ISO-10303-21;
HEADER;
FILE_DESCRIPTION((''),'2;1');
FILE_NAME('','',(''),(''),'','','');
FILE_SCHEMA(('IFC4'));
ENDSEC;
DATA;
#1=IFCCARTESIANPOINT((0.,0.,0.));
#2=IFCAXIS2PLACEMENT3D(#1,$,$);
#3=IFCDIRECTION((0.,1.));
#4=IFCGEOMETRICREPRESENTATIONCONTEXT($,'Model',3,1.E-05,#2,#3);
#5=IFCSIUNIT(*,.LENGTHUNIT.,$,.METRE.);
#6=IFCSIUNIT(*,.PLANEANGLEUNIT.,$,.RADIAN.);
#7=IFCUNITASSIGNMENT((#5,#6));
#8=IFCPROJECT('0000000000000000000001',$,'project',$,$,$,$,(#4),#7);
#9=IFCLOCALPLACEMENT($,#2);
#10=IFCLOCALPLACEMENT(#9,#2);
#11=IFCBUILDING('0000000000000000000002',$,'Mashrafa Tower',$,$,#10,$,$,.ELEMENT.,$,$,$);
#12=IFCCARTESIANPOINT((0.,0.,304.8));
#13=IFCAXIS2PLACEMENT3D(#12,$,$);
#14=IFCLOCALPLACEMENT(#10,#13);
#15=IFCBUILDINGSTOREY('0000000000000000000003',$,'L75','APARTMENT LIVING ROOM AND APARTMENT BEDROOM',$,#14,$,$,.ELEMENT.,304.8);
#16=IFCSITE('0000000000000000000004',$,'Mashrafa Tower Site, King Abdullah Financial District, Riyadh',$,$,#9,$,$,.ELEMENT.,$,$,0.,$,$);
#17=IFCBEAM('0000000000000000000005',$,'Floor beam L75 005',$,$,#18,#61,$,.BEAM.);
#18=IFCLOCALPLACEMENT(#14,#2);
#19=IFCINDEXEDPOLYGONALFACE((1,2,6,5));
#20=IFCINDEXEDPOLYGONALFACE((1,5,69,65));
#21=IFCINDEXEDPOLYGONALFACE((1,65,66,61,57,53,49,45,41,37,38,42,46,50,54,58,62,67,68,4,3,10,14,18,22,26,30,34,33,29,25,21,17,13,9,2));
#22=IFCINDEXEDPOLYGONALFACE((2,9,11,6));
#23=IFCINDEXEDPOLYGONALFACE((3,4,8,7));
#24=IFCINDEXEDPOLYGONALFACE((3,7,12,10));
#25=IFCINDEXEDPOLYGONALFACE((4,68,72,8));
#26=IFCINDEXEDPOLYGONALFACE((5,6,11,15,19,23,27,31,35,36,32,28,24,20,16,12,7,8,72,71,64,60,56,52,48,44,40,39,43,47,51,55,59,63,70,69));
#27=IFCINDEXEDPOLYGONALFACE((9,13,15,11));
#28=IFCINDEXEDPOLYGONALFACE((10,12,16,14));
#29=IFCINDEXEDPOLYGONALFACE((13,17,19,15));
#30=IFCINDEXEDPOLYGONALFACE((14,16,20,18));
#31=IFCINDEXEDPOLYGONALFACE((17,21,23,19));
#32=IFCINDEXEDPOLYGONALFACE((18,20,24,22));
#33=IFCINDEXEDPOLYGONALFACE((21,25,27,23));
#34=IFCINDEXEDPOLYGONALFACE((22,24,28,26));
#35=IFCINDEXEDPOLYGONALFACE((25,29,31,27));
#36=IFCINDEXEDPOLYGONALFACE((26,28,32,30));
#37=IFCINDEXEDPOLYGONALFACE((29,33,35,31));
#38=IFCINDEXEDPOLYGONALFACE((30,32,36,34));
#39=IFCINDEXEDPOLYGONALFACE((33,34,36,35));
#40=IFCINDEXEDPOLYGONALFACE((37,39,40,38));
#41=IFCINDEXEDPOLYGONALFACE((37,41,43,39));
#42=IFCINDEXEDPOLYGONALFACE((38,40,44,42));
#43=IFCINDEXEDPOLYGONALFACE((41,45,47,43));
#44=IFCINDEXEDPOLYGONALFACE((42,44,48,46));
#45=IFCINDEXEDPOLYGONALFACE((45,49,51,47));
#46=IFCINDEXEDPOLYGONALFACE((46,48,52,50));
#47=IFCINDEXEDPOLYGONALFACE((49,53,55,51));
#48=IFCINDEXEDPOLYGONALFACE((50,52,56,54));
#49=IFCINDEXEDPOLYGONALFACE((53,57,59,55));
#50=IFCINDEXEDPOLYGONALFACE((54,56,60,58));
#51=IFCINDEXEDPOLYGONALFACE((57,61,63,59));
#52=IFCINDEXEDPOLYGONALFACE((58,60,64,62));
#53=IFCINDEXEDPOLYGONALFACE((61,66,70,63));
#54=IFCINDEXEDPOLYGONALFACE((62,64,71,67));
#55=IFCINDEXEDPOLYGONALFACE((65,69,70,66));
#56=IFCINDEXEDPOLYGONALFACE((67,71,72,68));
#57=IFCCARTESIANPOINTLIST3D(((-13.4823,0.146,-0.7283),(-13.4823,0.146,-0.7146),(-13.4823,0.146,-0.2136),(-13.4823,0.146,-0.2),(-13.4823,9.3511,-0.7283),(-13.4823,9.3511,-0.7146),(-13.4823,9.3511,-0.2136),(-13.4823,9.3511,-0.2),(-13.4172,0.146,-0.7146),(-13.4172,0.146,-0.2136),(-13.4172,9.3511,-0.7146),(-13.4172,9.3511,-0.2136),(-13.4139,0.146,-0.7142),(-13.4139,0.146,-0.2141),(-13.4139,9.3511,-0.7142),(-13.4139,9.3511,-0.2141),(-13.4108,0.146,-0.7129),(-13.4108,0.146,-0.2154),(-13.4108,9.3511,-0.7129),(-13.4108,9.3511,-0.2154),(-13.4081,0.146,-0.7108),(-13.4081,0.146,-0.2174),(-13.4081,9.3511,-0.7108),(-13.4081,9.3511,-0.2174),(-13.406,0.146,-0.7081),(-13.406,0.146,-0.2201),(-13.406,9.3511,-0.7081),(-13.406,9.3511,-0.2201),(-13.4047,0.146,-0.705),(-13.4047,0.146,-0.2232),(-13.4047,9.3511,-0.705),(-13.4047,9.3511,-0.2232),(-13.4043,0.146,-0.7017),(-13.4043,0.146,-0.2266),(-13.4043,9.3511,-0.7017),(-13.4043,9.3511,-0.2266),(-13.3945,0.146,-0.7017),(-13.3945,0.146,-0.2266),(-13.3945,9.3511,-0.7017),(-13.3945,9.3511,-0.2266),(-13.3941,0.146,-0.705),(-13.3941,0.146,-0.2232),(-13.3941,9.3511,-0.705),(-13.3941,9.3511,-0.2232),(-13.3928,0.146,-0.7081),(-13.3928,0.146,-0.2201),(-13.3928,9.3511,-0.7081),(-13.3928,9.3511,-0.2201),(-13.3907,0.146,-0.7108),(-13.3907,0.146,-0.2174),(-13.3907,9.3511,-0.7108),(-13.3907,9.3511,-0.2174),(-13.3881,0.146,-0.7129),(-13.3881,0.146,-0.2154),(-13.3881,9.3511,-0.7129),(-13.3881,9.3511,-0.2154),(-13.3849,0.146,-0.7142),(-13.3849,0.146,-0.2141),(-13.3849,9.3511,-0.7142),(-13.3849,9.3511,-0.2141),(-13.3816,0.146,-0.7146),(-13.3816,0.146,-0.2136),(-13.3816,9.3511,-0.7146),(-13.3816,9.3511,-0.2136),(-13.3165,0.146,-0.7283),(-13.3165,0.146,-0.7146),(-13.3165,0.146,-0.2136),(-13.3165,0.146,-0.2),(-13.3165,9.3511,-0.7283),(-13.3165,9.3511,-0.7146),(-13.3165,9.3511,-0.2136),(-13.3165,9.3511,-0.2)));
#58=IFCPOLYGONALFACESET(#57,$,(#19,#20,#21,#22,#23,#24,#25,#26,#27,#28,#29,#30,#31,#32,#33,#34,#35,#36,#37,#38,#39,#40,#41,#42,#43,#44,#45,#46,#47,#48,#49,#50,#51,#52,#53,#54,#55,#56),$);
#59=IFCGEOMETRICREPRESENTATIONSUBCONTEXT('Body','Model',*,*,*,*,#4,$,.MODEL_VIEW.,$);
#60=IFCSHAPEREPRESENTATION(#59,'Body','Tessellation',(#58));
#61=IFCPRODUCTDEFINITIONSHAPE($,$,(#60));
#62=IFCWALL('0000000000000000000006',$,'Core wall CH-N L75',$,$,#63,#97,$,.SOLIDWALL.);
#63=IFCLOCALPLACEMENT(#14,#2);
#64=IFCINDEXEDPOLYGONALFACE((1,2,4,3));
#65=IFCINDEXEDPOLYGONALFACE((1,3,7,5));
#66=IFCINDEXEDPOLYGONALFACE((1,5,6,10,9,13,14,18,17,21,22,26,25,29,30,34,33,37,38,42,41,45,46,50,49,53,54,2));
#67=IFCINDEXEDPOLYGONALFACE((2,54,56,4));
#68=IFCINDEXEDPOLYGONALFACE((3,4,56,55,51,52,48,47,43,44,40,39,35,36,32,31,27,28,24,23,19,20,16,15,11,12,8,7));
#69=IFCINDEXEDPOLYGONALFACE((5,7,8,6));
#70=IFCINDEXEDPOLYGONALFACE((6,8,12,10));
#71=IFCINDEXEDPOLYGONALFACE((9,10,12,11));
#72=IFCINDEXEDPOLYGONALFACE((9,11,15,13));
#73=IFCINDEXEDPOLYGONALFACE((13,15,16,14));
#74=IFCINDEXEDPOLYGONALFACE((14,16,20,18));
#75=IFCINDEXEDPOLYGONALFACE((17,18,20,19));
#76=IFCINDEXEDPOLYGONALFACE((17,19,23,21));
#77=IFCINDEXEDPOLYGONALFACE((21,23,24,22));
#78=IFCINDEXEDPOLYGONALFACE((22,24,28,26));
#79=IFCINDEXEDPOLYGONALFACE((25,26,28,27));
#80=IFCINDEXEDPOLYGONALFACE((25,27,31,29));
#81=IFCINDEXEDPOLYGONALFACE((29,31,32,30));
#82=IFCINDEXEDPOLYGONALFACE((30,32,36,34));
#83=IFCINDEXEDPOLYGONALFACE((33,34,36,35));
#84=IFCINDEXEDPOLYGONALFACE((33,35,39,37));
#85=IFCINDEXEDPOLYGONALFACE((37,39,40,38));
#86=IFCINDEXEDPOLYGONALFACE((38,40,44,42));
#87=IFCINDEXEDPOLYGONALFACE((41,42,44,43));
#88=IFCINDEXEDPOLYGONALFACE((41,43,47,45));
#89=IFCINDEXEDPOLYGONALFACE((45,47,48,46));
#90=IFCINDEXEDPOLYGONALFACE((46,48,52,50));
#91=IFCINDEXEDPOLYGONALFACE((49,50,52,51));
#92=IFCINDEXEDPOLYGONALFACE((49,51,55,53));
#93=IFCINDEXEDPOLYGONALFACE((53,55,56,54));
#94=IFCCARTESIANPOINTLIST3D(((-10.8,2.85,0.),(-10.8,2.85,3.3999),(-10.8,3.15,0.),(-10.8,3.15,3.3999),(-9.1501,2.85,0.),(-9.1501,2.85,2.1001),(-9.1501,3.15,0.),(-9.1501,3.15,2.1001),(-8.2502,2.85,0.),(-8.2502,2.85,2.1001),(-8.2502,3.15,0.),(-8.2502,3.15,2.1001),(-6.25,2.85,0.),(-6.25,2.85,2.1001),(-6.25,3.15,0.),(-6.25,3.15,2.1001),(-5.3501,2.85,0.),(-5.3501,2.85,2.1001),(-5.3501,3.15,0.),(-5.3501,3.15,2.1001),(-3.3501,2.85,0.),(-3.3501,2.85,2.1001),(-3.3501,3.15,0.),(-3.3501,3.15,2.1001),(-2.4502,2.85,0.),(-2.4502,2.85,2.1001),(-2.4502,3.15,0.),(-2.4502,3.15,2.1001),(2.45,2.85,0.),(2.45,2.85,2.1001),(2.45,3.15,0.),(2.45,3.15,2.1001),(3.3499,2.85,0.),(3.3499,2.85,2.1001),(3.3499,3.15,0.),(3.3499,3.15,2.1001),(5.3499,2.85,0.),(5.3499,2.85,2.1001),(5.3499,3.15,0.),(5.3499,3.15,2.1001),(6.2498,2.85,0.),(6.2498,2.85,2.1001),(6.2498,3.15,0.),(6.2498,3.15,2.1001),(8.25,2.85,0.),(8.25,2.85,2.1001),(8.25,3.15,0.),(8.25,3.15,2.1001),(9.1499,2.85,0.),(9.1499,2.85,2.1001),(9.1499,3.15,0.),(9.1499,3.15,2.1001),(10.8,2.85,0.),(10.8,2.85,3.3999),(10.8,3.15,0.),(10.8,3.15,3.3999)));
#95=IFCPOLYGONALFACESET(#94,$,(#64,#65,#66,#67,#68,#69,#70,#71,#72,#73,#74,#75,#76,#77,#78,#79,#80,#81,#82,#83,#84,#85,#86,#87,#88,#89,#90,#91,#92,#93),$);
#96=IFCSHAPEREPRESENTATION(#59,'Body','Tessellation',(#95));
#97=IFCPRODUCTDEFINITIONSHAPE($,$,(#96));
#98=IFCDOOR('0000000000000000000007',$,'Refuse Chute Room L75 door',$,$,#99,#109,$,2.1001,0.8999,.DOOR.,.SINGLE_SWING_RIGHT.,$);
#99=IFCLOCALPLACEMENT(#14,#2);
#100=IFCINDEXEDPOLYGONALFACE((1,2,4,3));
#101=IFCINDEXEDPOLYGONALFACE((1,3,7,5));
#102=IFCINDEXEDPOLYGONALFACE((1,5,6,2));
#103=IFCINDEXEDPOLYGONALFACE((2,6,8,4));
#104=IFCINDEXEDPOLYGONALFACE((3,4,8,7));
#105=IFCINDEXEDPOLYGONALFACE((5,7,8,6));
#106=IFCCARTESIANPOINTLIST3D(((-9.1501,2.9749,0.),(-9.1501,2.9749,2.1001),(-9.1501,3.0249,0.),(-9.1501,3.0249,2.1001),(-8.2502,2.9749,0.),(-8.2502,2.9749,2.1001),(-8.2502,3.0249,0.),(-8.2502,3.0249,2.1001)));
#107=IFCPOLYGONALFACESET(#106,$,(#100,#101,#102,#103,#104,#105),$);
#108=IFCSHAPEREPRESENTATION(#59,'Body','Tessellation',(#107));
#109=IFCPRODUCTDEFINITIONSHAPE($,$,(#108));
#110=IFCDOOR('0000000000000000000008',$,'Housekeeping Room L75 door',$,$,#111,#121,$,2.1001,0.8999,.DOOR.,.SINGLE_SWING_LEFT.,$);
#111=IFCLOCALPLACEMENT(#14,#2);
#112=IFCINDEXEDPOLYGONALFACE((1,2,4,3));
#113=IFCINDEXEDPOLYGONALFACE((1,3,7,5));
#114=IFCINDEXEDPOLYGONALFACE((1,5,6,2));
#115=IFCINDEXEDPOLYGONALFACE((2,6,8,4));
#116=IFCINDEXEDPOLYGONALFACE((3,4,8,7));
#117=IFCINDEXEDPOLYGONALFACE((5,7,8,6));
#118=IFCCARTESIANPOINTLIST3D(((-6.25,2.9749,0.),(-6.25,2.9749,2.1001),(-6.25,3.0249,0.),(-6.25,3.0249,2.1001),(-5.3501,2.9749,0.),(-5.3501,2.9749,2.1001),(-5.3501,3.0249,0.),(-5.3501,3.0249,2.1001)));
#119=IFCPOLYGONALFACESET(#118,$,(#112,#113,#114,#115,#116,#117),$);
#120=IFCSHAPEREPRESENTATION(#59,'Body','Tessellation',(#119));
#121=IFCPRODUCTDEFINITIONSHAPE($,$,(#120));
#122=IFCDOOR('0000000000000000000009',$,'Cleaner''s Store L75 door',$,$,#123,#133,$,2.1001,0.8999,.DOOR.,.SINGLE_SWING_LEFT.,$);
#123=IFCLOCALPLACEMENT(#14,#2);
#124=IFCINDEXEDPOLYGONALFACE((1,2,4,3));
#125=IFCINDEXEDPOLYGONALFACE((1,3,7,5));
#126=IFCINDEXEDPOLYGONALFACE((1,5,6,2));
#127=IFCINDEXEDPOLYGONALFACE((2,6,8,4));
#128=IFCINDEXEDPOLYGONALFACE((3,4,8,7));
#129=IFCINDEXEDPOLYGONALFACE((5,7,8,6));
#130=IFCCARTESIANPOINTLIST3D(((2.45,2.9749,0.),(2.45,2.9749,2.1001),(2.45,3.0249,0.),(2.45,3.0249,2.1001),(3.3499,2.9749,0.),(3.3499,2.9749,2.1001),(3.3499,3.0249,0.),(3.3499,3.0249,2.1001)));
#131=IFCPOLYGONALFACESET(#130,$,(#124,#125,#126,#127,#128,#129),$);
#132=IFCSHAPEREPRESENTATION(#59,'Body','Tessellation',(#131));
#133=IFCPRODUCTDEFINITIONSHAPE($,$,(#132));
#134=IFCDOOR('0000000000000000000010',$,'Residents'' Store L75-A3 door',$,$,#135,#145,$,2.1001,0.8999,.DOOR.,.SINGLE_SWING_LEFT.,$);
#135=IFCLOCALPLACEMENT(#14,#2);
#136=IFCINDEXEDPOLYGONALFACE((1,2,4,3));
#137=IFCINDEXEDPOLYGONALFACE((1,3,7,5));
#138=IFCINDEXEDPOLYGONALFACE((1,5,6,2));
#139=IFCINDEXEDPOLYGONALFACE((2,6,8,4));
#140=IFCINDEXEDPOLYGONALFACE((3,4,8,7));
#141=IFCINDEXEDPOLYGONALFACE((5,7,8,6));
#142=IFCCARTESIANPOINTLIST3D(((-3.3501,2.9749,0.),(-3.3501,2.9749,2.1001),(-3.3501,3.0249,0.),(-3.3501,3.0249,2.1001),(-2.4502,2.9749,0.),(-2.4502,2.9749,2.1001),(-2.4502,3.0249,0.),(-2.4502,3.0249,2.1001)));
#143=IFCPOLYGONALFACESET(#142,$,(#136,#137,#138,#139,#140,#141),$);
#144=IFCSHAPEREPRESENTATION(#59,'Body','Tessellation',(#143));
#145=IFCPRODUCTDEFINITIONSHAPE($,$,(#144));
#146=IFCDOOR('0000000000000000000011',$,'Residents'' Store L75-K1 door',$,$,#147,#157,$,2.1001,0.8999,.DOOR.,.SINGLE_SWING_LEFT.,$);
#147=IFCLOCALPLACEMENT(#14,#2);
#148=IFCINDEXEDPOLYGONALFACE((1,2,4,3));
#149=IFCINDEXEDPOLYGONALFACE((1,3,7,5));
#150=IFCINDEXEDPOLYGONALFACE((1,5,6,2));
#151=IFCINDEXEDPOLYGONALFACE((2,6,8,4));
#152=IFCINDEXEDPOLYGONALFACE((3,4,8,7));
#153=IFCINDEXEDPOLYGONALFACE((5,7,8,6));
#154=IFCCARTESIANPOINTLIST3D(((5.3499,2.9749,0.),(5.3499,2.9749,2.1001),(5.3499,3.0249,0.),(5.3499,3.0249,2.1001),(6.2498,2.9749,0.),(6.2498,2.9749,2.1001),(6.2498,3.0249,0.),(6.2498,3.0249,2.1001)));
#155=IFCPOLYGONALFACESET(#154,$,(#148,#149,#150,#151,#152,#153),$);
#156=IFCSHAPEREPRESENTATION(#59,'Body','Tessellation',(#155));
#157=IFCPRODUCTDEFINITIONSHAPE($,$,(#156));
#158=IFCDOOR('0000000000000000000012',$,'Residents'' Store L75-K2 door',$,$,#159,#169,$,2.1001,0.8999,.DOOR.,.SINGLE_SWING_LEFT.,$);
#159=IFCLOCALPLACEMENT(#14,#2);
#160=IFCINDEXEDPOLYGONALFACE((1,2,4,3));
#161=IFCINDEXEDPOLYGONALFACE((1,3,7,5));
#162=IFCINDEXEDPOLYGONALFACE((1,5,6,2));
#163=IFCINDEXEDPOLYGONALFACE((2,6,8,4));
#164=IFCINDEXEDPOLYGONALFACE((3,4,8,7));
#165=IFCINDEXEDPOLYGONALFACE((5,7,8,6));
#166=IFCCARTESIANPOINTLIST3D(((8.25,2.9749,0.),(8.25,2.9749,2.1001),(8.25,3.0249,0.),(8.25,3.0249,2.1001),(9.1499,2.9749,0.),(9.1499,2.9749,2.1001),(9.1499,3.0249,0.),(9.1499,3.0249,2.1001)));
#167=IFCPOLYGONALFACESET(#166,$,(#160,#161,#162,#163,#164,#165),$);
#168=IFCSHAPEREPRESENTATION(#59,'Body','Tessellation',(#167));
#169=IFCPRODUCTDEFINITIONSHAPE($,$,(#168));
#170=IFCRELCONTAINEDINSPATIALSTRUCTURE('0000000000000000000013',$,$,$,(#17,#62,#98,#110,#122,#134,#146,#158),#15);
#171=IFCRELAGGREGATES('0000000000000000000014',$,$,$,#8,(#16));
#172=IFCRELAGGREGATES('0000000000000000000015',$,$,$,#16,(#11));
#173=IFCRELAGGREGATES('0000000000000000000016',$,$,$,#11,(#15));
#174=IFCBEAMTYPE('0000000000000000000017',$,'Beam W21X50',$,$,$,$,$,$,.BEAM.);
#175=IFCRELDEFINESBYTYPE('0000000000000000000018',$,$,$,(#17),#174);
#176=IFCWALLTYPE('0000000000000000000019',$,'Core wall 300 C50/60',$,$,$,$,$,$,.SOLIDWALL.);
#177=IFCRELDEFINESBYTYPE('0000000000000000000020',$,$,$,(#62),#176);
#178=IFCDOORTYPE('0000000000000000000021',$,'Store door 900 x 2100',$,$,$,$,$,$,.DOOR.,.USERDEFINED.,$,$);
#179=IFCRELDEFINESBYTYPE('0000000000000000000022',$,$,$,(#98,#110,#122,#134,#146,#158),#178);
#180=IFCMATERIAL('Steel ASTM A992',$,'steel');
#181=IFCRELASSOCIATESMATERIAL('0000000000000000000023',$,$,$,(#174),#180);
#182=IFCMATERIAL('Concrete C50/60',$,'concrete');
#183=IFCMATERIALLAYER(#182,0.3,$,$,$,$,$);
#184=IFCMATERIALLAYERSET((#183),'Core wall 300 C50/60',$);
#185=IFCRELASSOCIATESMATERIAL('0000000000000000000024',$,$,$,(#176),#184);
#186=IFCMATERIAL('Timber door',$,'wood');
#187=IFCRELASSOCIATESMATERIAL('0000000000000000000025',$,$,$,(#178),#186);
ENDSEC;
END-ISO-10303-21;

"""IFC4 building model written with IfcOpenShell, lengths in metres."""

from ifc_helpers import new_model, si_unit, direction, frame, frame_2d, origin, origin_2d, place, context, subcontext, project, spatial, rectangle, i_section, extrude, material, layer, layer_set, material_profile, profile_set, type_object, element, fill, save


model = new_model("IFC4")

# Units and contexts
model_context = context("Model", 3, precision=1e-05, world=origin(), true_north=direction((0.0, 1.0)))
body_context = subcontext(model_context, "Body", "Model", "MODEL_VIEW")
ifc_project = project(units=[si_unit("LENGTHUNIT", "METRE"), si_unit("PLANEANGLEUNIT", "RADIAN")], contexts=[model_context])

# Site, building, storey
site_placement = place(None, origin())
site = spatial("IfcSite", under=ifc_project, at=site_placement, Name="Mashrafa Tower Site, King Abdullah Financial District, Riyadh", CompositionType="ELEMENT", RefElevation=0.0)
building_placement = place(site_placement, origin())
building = spatial("IfcBuilding", under=site, at=building_placement, Name="Mashrafa Tower", CompositionType="ELEMENT")
storey_placement = place(building_placement, frame((0.0, 0.0, 304.8)))
storey = spatial("IfcBuildingStorey", under=building, at=storey_placement, Name="L75", Description="APARTMENT LIVING ROOM AND APARTMENT BEDROOM", CompositionType="ELEMENT", Elevation=304.8)

# Beam
ifc_material_1 = material(Name="Steel ASTM A992", Category="steel")
ifc_material_profile = material_profile(ifc_material_1, i_section(OverallWidth=0.1658, OverallDepth=0.5283, WebThickness=0.0098, FlangeThickness=0.0137, FilletRadius=0.0129, at=origin_2d()), Name="W21X50")
ifc_profile_set = profile_set([ifc_material_profile], Name="Steel ASTM A992")
beam_type = type_object("IfcBeamType", Name="Beam W21X50", PredefinedType="BEAM", material=ifc_profile_set)
beam_placement = place(storey_placement, frame((-13.3994, 0.146, -0.4641), z_axis=(0.0, 1.0, 0.0), x_axis=(-1.0, 0.0, 0.0)))
element("IfcBeam", 1, at=beam_placement, inside=storey, type_object=beam_type, Name="Floor beam L75 005", PredefinedType="BEAM", context=body_context, shape_type="SweptSolid", body=[
    extrude(i_section(OverallWidth=0.1658, OverallDepth=0.5283, WebThickness=0.0098, FlangeThickness=0.0137, FilletRadius=0.0129, at=origin_2d()), origin(), (0.0, 0.0, 1.0), 9.2051),
])

# Wall, openings, doors
ifc_material_2 = material(Name="Concrete C50/60", Category="concrete")
ifc_layer_1 = layer(ifc_material_2, 0.3)
ifc_layer_set_1 = layer_set([ifc_layer_1], Name="Core wall 300 C50/60")
wall_type_1 = type_object("IfcWallType", Name="Core wall 300 C50/60", PredefinedType="SOLIDWALL", material=ifc_layer_set_1)
wall_1_placement = place(storey_placement, frame((-10.8, 3.0, 0.0), z_axis=(0.0, 0.0, 1.0), x_axis=(1.0, 0.0, 0.0)))
wall_1 = element("IfcWall", 2, at=wall_1_placement, inside=storey, type_object=wall_type_1, Name="Core wall CH-N L75", PredefinedType="SOLIDWALL", context=body_context, shape_type="SweptSolid", body=[
    extrude(rectangle(XDim=21.6001, YDim=0.3, at=frame_2d((10.8, 0.0))), origin(), (0.0, 0.0, 1.0), 3.3999),
])
opening_1_placement = place(wall_1_placement, frame((1.6499, 0.0, 0.0)))
opening_1 = element("IfcOpeningElement", 3, at=opening_1_placement, cuts=wall_1, PredefinedType="OPENING", context=body_context, shape_type="SweptSolid", body=[
    extrude(rectangle(XDim=0.8999, YDim=2.1001, at=frame_2d((0.45, 1.05))), frame((0.0, 0.1599, 0.0), z_axis=(0.0, -1.0, 0.0), x_axis=(1.0, 0.0, 0.0)), (0.0, 0.0, 1.0), 0.3201),
])
opening_2_placement = place(wall_1_placement, frame((4.55, 0.0, 0.0)))
opening_2 = element("IfcOpeningElement", 4, at=opening_2_placement, cuts=wall_1, PredefinedType="OPENING", context=body_context, shape_type="SweptSolid", body=[
    extrude(rectangle(XDim=0.8999, YDim=2.1001, at=frame_2d((0.45, 1.05))), frame((0.0, 0.1599, 0.0), z_axis=(0.0, -1.0, 0.0), x_axis=(1.0, 0.0, 0.0)), (0.0, 0.0, 1.0), 0.3201),
])
opening_3_placement = place(wall_1_placement, frame((13.25, 0.0, 0.0)))
opening_3 = element("IfcOpeningElement", 5, at=opening_3_placement, cuts=wall_1, PredefinedType="OPENING", context=body_context, shape_type="SweptSolid", body=[
    extrude(rectangle(XDim=0.8999, YDim=2.1001, at=frame_2d((0.45, 1.05))), frame((0.0, 0.1599, 0.0), z_axis=(0.0, -1.0, 0.0), x_axis=(1.0, 0.0, 0.0)), (0.0, 0.0, 1.0), 0.3201),
])
opening_4_placement = place(wall_1_placement, frame((7.45, 0.0, 0.0)))
opening_4 = element("IfcOpeningElement", 6, at=opening_4_placement, cuts=wall_1, PredefinedType="OPENING", context=body_context, shape_type="SweptSolid", body=[
    extrude(rectangle(XDim=0.8999, YDim=2.1001, at=frame_2d((0.45, 1.05))), frame((0.0, 0.1599, 0.0), z_axis=(0.0, -1.0, 0.0), x_axis=(1.0, 0.0, 0.0)), (0.0, 0.0, 1.0), 0.3201),
])
opening_5_placement = place(wall_1_placement, frame((16.1499, 0.0, 0.0)))
opening_5 = element("IfcOpeningElement", 7, at=opening_5_placement, cuts=wall_1, PredefinedType="OPENING", context=body_context, shape_type="SweptSolid", body=[
    extrude(rectangle(XDim=0.8999, YDim=2.1001, at=frame_2d((0.45, 1.05))), frame((0.0, 0.1599, 0.0), z_axis=(0.0, -1.0, 0.0), x_axis=(1.0, 0.0, 0.0)), (0.0, 0.0, 1.0), 0.3201),
])
opening_6_placement = place(wall_1_placement, frame((19.05, 0.0, 0.0)))
opening_6 = element("IfcOpeningElement", 8, at=opening_6_placement, cuts=wall_1, PredefinedType="OPENING", context=body_context, shape_type="SweptSolid", body=[
    extrude(rectangle(XDim=0.8999, YDim=2.1001, at=frame_2d((0.45, 1.05))), frame((0.0, 0.1599, 0.0), z_axis=(0.0, -1.0, 0.0), x_axis=(1.0, 0.0, 0.0)), (0.0, 0.0, 1.0), 0.3201),
])
ifc_material_3 = material(Name="Timber door", Category="wood")
door_type_1 = type_object("IfcDoorType", Name="Store door 900 x 2100", OperationType="USERDEFINED", PredefinedType="DOOR", material=ifc_material_3)
door_1_placement = place(opening_1_placement, origin())
door_1 = element("IfcDoor", 9, at=door_1_placement, inside=storey, type_object=door_type_1, Name="Refuse Chute Room L75 door", OperationType="SINGLE_SWING_RIGHT", OverallHeight=2.1001, OverallWidth=0.8999, PredefinedType="DOOR", context=body_context, shape_type="SweptSolid", body=[
    extrude(rectangle(XDim=0.8999, YDim=2.1001, at=frame_2d((0.45, 1.05))), frame((0.0, 0.0249, 0.0), z_axis=(0.0, -1.0, 0.0), x_axis=(1.0, 0.0, 0.0)), (0.0, 0.0, 1.0), 0.05),
])
fill(opening_1, door_1)
door_2_placement = place(opening_2_placement, origin())
door_2 = element("IfcDoor", 10, at=door_2_placement, inside=storey, type_object=door_type_1, Name="Housekeeping Room L75 door", OperationType="SINGLE_SWING_LEFT", OverallHeight=2.1001, OverallWidth=0.8999, PredefinedType="DOOR", context=body_context, shape_type="SweptSolid", body=[
    extrude(rectangle(XDim=0.8999, YDim=2.1001, at=frame_2d((0.45, 1.05))), frame((0.0, 0.0249, 0.0), z_axis=(0.0, -1.0, 0.0), x_axis=(1.0, 0.0, 0.0)), (0.0, 0.0, 1.0), 0.05),
])
fill(opening_2, door_2)
door_3_placement = place(opening_3_placement, origin())
door_3 = element("IfcDoor", 11, at=door_3_placement, inside=storey, type_object=door_type_1, Name="Cleaner's Store L75 door", OperationType="SINGLE_SWING_LEFT", OverallHeight=2.1001, OverallWidth=0.8999, PredefinedType="DOOR", context=body_context, shape_type="SweptSolid", body=[
    extrude(rectangle(XDim=0.8999, YDim=2.1001, at=frame_2d((0.45, 1.05))), frame((0.0, 0.0249, 0.0), z_axis=(0.0, -1.0, 0.0), x_axis=(1.0, 0.0, 0.0)), (0.0, 0.0, 1.0), 0.05),
])
fill(opening_3, door_3)
door_4_placement = place(opening_4_placement, origin())
door_4 = element("IfcDoor", 12, at=door_4_placement, inside=storey, type_object=door_type_1, Name="Residents' Store L75-A3 door", OperationType="SINGLE_SWING_LEFT", OverallHeight=2.1001, OverallWidth=0.8999, PredefinedType="DOOR", context=body_context, shape_type="SweptSolid", body=[
    extrude(rectangle(XDim=0.8999, YDim=2.1001, at=frame_2d((0.45, 1.05))), frame((0.0, 0.0249, 0.0), z_axis=(0.0, -1.0, 0.0), x_axis=(1.0, 0.0, 0.0)), (0.0, 0.0, 1.0), 0.05),
])
fill(opening_4, door_4)
door_5_placement = place(opening_5_placement, origin())
door_5 = element("IfcDoor", 13, at=door_5_placement, inside=storey, type_object=door_type_1, Name="Residents' Store L75-K1 door", OperationType="SINGLE_SWING_LEFT", OverallHeight=2.1001, OverallWidth=0.8999, PredefinedType="DOOR", context=body_context, shape_type="SweptSolid", body=[
    extrude(rectangle(XDim=0.8999, YDim=2.1001, at=frame_2d((0.45, 1.05))), frame((0.0, 0.0249, 0.0), z_axis=(0.0, -1.0, 0.0), x_axis=(1.0, 0.0, 0.0)), (0.0, 0.0, 1.0), 0.05),
])
fill(opening_5, door_5)
door_6_placement = place(opening_6_placement, origin())
door_6 = element("IfcDoor", 14, at=door_6_placement, inside=storey, type_object=door_type_1, Name="Residents' Store L75-K2 door", OperationType="SINGLE_SWING_LEFT", OverallHeight=2.1001, OverallWidth=0.8999, PredefinedType="DOOR", context=body_context, shape_type="SweptSolid", body=[
    extrude(rectangle(XDim=0.8999, YDim=2.1001, at=frame_2d((0.45, 1.05))), frame((0.0, 0.0249, 0.0), z_axis=(0.0, -1.0, 0.0), x_axis=(1.0, 0.0, 0.0)), (0.0, 0.0, 1.0), 0.05),
])
fill(opening_6, door_6)

save(model, "model.ifc")
